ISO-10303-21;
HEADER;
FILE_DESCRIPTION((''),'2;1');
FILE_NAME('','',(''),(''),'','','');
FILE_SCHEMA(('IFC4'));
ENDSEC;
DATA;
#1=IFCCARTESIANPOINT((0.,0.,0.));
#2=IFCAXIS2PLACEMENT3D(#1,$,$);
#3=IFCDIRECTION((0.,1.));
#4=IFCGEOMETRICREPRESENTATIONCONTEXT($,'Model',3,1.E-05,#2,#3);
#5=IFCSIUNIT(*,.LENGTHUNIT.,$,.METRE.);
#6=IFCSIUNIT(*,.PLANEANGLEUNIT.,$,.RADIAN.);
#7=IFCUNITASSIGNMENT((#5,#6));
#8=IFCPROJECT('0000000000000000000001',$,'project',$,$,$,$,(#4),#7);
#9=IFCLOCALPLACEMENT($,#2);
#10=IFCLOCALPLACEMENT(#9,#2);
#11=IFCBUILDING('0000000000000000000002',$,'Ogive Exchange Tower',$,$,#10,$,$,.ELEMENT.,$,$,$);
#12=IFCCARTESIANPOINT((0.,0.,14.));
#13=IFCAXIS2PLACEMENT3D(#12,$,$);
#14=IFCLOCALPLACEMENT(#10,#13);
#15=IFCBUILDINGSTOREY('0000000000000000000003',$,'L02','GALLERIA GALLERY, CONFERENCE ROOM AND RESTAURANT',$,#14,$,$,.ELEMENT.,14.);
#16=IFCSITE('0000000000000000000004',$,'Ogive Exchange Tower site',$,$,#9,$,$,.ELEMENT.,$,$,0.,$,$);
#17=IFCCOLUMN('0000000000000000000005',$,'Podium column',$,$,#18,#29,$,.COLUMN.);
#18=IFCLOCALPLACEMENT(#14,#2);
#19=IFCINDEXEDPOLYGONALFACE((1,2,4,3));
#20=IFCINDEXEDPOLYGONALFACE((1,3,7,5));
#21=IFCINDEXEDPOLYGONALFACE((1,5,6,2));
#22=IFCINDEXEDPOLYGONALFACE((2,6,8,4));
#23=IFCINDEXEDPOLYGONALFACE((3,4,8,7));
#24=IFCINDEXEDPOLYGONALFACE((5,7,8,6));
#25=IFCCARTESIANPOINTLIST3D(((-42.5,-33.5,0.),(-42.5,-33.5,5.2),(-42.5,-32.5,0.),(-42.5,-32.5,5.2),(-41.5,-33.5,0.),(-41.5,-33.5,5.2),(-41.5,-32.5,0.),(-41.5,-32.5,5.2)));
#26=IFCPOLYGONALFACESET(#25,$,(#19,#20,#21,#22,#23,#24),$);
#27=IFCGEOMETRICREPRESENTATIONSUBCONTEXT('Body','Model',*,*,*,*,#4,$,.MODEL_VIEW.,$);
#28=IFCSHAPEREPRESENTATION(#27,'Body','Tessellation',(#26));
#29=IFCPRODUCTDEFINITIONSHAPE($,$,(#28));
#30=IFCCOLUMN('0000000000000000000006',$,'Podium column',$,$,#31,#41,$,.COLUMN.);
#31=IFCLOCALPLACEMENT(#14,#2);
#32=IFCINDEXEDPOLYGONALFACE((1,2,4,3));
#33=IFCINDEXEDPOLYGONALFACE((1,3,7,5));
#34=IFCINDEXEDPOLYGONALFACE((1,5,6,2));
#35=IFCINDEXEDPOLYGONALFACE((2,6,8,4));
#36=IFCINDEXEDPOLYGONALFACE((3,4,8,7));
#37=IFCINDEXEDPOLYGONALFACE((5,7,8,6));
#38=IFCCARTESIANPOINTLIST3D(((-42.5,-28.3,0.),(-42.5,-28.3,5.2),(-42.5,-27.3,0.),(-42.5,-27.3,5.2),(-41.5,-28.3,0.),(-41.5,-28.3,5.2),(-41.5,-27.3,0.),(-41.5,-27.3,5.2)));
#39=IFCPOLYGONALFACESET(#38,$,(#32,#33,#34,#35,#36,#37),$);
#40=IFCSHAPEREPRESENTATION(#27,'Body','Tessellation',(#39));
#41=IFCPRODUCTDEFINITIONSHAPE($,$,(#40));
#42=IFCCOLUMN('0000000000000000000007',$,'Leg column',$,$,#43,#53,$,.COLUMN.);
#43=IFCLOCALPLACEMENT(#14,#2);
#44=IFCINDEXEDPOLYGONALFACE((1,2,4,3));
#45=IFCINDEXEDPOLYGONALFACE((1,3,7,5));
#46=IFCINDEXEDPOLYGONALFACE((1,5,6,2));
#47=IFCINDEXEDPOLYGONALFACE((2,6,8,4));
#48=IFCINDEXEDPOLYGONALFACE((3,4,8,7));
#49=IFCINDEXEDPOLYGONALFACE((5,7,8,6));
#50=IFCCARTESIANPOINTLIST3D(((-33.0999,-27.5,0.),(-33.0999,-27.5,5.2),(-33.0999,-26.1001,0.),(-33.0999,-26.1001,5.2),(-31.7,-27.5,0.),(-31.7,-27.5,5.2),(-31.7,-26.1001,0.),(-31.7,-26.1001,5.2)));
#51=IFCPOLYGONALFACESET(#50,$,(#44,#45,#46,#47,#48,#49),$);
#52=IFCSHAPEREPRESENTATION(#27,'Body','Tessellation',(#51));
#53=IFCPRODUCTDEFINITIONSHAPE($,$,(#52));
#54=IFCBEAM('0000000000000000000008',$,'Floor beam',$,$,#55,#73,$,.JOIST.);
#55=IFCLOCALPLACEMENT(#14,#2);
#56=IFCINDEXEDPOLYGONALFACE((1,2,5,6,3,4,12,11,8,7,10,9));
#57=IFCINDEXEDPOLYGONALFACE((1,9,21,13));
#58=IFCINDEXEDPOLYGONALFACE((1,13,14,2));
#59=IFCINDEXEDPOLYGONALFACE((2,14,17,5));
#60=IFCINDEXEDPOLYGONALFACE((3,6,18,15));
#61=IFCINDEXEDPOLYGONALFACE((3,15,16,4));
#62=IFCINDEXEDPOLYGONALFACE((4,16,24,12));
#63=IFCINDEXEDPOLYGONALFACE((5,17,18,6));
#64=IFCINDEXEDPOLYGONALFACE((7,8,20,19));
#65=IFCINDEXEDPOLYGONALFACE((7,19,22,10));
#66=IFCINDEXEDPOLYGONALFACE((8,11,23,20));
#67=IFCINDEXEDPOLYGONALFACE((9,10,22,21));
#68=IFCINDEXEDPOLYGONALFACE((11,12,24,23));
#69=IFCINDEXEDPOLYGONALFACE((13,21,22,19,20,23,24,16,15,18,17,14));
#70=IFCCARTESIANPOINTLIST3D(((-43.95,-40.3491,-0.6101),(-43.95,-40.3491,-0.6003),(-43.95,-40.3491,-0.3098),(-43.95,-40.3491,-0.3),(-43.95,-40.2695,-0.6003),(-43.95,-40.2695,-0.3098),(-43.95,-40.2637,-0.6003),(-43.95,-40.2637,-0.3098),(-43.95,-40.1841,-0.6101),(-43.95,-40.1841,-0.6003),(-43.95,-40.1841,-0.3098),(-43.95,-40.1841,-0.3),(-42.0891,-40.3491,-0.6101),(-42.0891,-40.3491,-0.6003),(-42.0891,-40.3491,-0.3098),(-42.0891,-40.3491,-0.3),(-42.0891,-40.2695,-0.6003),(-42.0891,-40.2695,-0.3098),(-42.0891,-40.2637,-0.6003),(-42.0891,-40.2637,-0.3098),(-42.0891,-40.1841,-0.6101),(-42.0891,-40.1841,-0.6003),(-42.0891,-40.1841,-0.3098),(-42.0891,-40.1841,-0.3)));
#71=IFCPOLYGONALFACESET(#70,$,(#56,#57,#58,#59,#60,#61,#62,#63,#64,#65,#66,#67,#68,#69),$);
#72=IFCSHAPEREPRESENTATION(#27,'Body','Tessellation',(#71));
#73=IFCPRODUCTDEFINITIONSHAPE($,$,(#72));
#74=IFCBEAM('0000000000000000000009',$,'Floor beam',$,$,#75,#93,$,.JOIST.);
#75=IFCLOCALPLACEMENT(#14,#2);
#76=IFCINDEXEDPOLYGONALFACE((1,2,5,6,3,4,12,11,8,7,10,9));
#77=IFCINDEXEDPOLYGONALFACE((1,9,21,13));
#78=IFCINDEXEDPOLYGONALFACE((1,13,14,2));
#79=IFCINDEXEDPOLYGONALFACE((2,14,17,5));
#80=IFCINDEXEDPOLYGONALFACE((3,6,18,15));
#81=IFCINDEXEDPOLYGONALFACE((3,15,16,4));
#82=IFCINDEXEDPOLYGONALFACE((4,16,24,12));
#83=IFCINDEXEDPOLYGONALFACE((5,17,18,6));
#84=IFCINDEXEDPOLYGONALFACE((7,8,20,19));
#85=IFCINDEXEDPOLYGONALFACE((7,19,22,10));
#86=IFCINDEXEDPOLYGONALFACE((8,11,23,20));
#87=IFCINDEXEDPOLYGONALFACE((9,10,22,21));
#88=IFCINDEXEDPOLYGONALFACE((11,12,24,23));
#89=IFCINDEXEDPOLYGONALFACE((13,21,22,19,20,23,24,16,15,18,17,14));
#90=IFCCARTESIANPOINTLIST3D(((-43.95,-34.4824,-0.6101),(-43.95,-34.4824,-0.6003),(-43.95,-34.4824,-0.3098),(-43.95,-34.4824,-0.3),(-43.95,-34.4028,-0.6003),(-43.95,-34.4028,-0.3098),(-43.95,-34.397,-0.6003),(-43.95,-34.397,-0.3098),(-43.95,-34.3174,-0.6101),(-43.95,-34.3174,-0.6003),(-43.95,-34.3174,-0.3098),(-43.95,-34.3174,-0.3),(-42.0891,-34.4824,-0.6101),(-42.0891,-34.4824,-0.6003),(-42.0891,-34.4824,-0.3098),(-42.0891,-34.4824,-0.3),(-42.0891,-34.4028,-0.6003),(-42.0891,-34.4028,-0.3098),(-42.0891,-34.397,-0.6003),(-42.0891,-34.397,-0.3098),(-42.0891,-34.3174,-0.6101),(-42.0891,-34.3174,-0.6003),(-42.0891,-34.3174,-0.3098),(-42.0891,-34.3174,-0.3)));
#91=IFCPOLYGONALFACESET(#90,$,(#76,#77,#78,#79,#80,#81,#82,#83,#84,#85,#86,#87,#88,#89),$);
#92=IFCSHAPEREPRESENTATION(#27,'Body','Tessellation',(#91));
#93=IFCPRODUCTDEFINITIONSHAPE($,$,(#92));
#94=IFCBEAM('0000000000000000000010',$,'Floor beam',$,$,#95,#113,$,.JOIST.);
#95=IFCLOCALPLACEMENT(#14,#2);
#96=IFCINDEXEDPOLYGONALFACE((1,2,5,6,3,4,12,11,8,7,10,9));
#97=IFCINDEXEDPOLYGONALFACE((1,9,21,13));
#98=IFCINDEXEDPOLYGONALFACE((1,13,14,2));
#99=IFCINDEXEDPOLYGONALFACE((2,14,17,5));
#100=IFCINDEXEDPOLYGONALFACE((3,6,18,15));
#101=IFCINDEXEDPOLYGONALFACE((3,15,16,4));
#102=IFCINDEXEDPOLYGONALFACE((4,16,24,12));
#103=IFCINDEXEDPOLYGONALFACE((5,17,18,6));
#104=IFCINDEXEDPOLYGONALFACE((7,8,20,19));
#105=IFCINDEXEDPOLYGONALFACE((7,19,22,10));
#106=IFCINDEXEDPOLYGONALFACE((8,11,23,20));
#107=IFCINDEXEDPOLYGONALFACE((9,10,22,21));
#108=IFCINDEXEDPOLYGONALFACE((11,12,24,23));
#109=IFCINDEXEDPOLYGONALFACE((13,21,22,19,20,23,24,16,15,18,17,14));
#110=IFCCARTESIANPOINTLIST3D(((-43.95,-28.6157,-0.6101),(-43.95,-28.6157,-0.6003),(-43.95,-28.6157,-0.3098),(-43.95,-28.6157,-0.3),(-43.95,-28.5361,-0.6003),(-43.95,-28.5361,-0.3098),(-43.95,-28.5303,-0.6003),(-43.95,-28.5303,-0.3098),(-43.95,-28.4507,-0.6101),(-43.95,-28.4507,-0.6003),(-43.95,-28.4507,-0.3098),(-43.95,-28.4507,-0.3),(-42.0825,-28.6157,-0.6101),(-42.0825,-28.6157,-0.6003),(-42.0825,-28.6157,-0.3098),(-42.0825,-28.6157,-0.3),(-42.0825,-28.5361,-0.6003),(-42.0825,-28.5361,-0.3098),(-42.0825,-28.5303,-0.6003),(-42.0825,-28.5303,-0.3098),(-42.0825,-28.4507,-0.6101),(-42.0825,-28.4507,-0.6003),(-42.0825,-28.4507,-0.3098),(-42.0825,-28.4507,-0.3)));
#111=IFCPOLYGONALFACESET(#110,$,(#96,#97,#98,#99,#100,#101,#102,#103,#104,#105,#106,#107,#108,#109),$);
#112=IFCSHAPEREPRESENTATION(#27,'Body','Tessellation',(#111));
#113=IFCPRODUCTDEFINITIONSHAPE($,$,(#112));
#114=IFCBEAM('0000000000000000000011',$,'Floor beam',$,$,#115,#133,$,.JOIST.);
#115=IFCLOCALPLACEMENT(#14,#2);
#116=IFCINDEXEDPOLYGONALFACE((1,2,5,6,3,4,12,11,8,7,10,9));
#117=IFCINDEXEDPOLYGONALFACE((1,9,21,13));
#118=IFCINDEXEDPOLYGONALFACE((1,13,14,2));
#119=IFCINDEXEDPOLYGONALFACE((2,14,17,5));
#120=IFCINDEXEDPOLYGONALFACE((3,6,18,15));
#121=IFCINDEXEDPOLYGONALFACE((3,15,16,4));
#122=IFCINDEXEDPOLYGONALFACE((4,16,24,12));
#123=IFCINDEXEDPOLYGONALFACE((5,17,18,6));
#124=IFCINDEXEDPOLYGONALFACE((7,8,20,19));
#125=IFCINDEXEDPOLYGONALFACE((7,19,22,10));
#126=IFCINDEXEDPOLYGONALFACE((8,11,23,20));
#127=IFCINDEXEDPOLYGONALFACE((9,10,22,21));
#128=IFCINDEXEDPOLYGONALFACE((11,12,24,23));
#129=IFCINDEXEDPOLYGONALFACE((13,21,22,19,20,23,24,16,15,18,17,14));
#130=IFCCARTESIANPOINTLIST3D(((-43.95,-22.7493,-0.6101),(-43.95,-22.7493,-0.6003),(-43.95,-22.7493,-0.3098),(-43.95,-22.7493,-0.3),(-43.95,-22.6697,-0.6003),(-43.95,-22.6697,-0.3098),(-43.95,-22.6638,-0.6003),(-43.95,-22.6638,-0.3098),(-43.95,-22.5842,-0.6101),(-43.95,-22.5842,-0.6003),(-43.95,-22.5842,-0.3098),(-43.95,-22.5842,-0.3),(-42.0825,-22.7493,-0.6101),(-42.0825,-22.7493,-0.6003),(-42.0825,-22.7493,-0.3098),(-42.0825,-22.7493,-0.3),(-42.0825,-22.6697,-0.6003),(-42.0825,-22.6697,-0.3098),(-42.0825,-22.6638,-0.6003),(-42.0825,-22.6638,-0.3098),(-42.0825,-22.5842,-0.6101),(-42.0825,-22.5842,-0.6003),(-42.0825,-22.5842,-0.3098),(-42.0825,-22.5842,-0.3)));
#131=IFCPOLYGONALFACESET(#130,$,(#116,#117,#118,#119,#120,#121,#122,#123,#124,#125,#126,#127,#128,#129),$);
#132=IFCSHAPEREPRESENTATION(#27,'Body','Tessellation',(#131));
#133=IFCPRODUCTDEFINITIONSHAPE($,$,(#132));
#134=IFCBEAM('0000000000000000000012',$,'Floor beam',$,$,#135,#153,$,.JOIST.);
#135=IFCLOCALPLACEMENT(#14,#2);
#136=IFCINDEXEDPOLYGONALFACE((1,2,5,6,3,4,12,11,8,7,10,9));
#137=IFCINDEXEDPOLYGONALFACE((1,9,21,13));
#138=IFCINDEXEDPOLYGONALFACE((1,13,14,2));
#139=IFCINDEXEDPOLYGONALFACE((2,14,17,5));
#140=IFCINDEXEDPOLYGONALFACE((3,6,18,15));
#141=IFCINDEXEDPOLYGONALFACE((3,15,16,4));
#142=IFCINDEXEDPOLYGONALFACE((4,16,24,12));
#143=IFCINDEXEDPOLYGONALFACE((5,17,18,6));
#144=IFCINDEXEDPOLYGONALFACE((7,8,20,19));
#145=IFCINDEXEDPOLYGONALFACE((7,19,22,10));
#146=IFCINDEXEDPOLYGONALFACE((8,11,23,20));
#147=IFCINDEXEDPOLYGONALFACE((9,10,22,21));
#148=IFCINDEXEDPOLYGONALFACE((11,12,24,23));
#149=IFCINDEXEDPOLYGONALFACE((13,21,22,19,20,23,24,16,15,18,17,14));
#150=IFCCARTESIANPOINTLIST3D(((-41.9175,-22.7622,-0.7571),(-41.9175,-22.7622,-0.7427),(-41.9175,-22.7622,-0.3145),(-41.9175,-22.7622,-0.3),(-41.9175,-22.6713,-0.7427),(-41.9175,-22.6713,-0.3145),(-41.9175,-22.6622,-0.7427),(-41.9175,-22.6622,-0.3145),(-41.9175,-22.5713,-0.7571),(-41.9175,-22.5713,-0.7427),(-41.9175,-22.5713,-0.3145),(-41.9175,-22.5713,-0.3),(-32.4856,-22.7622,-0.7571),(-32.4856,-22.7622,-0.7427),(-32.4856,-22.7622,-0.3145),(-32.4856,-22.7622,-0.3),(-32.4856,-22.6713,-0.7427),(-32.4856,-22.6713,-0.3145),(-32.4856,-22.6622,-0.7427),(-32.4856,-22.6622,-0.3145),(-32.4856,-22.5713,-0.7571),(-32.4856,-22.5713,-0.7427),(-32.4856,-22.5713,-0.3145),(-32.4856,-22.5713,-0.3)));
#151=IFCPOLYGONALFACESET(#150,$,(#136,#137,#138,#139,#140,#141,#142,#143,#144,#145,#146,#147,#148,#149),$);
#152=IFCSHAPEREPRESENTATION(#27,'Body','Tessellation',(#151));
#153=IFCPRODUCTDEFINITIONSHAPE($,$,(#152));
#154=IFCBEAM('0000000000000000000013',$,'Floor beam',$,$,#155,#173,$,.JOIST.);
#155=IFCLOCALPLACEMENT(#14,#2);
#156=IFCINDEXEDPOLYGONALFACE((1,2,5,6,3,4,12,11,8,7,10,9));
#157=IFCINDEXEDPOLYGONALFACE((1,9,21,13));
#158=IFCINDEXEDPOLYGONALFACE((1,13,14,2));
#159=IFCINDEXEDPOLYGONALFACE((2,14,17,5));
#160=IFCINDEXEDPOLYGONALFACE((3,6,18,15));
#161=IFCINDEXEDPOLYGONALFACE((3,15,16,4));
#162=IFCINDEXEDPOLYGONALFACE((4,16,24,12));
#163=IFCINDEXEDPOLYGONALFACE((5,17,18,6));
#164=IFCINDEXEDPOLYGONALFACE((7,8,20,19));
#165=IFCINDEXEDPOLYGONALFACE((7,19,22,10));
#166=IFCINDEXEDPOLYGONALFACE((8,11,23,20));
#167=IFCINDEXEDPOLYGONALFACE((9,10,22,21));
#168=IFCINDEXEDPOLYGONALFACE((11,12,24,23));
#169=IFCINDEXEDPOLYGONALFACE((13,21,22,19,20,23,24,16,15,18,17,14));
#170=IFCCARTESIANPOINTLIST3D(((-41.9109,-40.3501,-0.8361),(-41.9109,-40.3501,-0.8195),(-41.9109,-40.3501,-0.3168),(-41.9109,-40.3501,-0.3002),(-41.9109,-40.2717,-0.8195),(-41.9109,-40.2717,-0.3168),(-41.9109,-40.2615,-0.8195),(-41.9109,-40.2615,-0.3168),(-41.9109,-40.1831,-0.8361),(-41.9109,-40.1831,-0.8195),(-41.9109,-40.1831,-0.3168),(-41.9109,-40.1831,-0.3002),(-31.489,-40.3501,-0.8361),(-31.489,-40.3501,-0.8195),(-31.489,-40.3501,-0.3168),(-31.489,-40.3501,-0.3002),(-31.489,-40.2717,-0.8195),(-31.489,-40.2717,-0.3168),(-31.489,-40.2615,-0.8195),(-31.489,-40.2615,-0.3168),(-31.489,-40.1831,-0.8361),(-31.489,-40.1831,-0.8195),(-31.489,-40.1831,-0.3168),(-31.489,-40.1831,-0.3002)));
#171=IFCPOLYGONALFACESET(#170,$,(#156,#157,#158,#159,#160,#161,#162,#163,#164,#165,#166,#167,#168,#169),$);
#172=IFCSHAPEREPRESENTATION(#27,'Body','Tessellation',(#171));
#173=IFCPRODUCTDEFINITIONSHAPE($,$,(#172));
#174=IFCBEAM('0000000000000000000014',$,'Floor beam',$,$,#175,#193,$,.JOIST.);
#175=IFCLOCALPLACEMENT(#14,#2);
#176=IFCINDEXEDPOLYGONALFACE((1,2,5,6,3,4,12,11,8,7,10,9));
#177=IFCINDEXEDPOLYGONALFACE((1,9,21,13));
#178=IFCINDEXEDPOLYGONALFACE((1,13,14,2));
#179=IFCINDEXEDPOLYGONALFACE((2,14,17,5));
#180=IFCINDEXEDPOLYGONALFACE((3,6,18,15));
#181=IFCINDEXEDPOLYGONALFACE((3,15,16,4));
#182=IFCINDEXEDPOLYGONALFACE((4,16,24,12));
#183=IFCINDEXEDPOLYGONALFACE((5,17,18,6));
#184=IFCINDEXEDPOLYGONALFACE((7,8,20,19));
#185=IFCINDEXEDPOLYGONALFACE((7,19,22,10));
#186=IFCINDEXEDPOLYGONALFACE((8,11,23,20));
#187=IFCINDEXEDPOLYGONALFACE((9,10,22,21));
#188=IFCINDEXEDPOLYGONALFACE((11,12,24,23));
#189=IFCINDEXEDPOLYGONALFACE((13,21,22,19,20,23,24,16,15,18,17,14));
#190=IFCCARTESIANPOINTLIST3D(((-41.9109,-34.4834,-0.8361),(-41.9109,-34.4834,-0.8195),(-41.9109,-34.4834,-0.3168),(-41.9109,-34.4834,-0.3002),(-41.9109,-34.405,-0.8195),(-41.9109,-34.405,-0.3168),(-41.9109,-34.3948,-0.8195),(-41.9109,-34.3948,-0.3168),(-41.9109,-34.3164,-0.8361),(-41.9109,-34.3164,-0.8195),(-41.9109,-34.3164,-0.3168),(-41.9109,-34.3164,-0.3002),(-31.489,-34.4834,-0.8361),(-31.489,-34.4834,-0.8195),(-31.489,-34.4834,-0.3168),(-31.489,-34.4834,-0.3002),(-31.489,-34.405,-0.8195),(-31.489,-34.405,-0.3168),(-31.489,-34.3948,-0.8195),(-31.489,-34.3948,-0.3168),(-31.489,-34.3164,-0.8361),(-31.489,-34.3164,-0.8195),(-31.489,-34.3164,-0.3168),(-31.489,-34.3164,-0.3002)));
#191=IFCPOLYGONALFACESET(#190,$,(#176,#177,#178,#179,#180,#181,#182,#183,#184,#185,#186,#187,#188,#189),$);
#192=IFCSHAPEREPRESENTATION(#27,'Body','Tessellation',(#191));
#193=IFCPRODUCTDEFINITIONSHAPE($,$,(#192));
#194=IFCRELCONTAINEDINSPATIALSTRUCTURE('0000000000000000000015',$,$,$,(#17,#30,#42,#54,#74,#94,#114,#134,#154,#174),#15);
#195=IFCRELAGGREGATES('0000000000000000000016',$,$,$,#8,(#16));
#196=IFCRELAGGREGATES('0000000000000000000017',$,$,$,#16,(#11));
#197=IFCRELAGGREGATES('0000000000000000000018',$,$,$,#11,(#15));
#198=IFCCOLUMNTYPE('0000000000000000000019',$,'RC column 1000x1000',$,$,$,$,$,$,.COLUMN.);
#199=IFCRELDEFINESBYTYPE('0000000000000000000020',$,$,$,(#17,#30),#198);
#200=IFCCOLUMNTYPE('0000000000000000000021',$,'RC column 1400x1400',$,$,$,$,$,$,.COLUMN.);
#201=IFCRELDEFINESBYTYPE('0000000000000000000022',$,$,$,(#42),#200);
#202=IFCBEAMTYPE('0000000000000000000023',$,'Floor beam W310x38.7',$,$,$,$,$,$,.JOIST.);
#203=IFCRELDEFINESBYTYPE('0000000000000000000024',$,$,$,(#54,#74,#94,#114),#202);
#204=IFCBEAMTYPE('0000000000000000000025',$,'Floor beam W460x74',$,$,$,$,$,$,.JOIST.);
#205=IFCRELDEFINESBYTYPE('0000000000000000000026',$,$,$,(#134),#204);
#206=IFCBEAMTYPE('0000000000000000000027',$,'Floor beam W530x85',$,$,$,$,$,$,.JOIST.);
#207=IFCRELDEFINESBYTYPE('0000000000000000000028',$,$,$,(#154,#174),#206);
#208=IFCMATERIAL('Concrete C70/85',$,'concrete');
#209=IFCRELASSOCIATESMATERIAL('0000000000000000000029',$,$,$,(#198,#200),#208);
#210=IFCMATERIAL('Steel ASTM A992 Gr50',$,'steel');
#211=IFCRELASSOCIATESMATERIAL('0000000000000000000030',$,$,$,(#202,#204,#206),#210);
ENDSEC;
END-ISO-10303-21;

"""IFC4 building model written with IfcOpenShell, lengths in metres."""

from ifc_helpers import new_model, si_unit, direction, frame, origin, origin_2d, place, context, subcontext, project, spatial, rectangle, i_section, extrude, material, material_profile, profile_set, type_object, element, save


model = new_model("IFC4")

# Units and contexts
model_context = context("Model", 3, precision=1e-05, world=origin(), true_north=direction((0.0, 1.0)))
body_context = subcontext(model_context, "Body", "Model", "MODEL_VIEW")
ifc_project = project(units=[si_unit("LENGTHUNIT", "METRE"), si_unit("PLANEANGLEUNIT", "RADIAN")], contexts=[model_context])

# Site, building, storey
site_placement = place(None, origin())
site = spatial("IfcSite", under=ifc_project, at=site_placement, Name="Ogive Exchange Tower site", CompositionType="ELEMENT", RefElevation=0.0)
building_placement = place(site_placement, origin())
building = spatial("IfcBuilding", under=site, at=building_placement, Name="Ogive Exchange Tower", CompositionType="ELEMENT")
storey_placement = place(building_placement, frame((0.0, 0.0, 14.0)))
storey = spatial("IfcBuildingStorey", under=building, at=storey_placement, Name="L02", Description="GALLERIA GALLERY, CONFERENCE ROOM AND RESTAURANT", CompositionType="ELEMENT", Elevation=14.0)

# Columns
ifc_material_1 = material(Name="Concrete C70/85", Category="concrete")
ifc_material_profile_1 = material_profile(ifc_material_1, rectangle(XDim=1.0, YDim=1.0, at=origin_2d()), Name="RC 1000x1000")
ifc_profile_set_1 = profile_set([ifc_material_profile_1], Name="Concrete C70/85")
column_type_1 = type_object("IfcColumnType", Name="RC column 1000x1000", PredefinedType="COLUMN", material=ifc_profile_set_1)
for number, where, z_axis, x_axis, name in (
    (1, (-42.0, -33.0, 0.0), (0.0, 0.0, 1.0), (1.0, 0.0, 0.0), "Podium column"),
    (2, (-42.0, -27.8, 0.0), (0.0, 0.0, 1.0), (1.0, 0.0, 0.0), "Podium column"),
):
    element("IfcColumn", number, at=place(storey_placement, frame(where, z_axis=z_axis, x_axis=x_axis)), inside=storey, type_object=column_type_1, Name=name, PredefinedType="COLUMN", context=body_context, shape_type="SweptSolid", body=[
        extrude(rectangle(XDim=1.0, YDim=1.0, at=origin_2d()), origin(), (0.0, 0.0, 1.0), 5.2),
    ])
ifc_material_profile_2 = material_profile(ifc_material_1, rectangle(XDim=1.3999, YDim=1.3999, at=origin_2d()), Name="RC 1400x1400")
ifc_profile_set_2 = profile_set([ifc_material_profile_2], Name="Concrete C70/85")
column_type_2 = type_object("IfcColumnType", Name="RC column 1400x1400", PredefinedType="COLUMN", material=ifc_profile_set_2)
column_placement = place(storey_placement, frame((-32.3999, -26.8, 0.0), z_axis=(0.0, 0.0, 1.0), x_axis=(1.0, 0.0, 0.0)))
element("IfcColumn", 3, at=column_placement, inside=storey, type_object=column_type_2, Name="Leg column", PredefinedType="COLUMN", context=body_context, shape_type="SweptSolid", body=[
    extrude(rectangle(XDim=1.3999, YDim=1.3999, at=origin_2d()), origin(), (0.0, 0.0, 1.0), 5.2),
])

# Beams
ifc_material_2 = material(Name="Steel ASTM A992 Gr50", Category="steel")
ifc_material_profile_3 = material_profile(ifc_material_2, i_section(OverallWidth=0.165, OverallDepth=0.3101, WebThickness=0.0059, FlangeThickness=0.0098, at=origin_2d()), Name="W310x38.7")
ifc_profile_set_3 = profile_set([ifc_material_profile_3], Name="Steel ASTM A992 Gr50")
beam_type_1 = type_object("IfcBeamType", Name="Floor beam W310x38.7", PredefinedType="JOIST", material=ifc_profile_set_3)
for number, where, z_axis, x_axis, name in (
    (4, (-43.95, -40.2666, -0.4551), (1.0, 0.0, 0.0), (0.0, 1.0, 0.0), "Floor beam"),
    (5, (-43.95, -34.3999, -0.4551), (1.0, 0.0, 0.0), (0.0, 1.0, 0.0), "Floor beam"),
):
    element("IfcBeam", number, at=place(storey_placement, frame(where, z_axis=z_axis, x_axis=x_axis)), inside=storey, type_object=beam_type_1, Name=name, PredefinedType="JOIST", context=body_context, shape_type="SweptSolid", body=[
        extrude(i_section(OverallWidth=0.165, OverallDepth=0.3101, WebThickness=0.0059, FlangeThickness=0.0098, at=origin_2d()), origin(), (0.0, 0.0, 1.0), 1.8608),
    ])
for number, where, z_axis, x_axis, name in (
    (6, (-43.95, -28.5332, -0.4551), (1.0, 0.0, 0.0), (0.0, 1.0, 0.0), "Floor beam"),
    (7, (-43.95, -22.6667, -0.4551), (1.0, 0.0, 0.0), (0.0, 1.0, 0.0), "Floor beam"),
):
    element("IfcBeam", number, at=place(storey_placement, frame(where, z_axis=z_axis, x_axis=x_axis)), inside=storey, type_object=beam_type_1, Name=name, PredefinedType="JOIST", context=body_context, shape_type="SweptSolid", body=[
        extrude(i_section(OverallWidth=0.165, OverallDepth=0.3101, WebThickness=0.0059, FlangeThickness=0.0098, at=origin_2d()), origin(), (0.0, 0.0, 1.0), 1.8674),
    ])
ifc_material_profile_4 = material_profile(ifc_material_2, i_section(OverallWidth=0.1909, OverallDepth=0.457, WebThickness=0.009, FlangeThickness=0.0144, at=origin_2d()), Name="W460x74")
ifc_profile_set_4 = profile_set([ifc_material_profile_4], Name="Steel ASTM A992 Gr50")
beam_type_2 = type_object("IfcBeamType", Name="Floor beam W460x74", PredefinedType="JOIST", material=ifc_profile_set_4)
beam_1_placement = place(storey_placement, frame((-41.9175, -22.6667, -0.5286), z_axis=(1.0, 0.0, 0.0), x_axis=(0.0, 1.0, 0.0)))
element("IfcBeam", 8, at=beam_1_placement, inside=storey, type_object=beam_type_2, Name="Floor beam", PredefinedType="JOIST", context=body_context, shape_type="SweptSolid", body=[
    extrude(i_section(OverallWidth=0.1909, OverallDepth=0.457, WebThickness=0.009, FlangeThickness=0.0144, at=origin_2d()), origin(), (0.0, 0.0, 1.0), 9.4319),
])
ifc_material_profile_5 = material_profile(ifc_material_2, i_section(OverallWidth=0.167, OverallDepth=0.5359, WebThickness=0.0103, FlangeThickness=0.0166, at=origin_2d()), Name="W530x85")
ifc_profile_set_5 = profile_set([ifc_material_profile_5], Name="Steel ASTM A992 Gr50")
beam_type_3 = type_object("IfcBeamType", Name="Floor beam W530x85", PredefinedType="JOIST", material=ifc_profile_set_5)
for number, where, z_axis, x_axis, name in (
    (9, (-41.9109, -40.2666, -0.5681), (1.0, 0.0, 0.0), (0.0, 1.0, 0.0), "Floor beam"),
    (10, (-41.9109, -34.3999, -0.5681), (1.0, 0.0, 0.0), (0.0, 1.0, 0.0), "Floor beam"),
):
    element("IfcBeam", number, at=place(storey_placement, frame(where, z_axis=z_axis, x_axis=x_axis)), inside=storey, type_object=beam_type_3, Name=name, PredefinedType="JOIST", context=body_context, shape_type="SweptSolid", body=[
        extrude(i_section(OverallWidth=0.167, OverallDepth=0.5359, WebThickness=0.0103, FlangeThickness=0.0166, at=origin_2d()), origin(), (0.0, 0.0, 1.0), 10.4219),
    ])

save(model, "model.ifc")
